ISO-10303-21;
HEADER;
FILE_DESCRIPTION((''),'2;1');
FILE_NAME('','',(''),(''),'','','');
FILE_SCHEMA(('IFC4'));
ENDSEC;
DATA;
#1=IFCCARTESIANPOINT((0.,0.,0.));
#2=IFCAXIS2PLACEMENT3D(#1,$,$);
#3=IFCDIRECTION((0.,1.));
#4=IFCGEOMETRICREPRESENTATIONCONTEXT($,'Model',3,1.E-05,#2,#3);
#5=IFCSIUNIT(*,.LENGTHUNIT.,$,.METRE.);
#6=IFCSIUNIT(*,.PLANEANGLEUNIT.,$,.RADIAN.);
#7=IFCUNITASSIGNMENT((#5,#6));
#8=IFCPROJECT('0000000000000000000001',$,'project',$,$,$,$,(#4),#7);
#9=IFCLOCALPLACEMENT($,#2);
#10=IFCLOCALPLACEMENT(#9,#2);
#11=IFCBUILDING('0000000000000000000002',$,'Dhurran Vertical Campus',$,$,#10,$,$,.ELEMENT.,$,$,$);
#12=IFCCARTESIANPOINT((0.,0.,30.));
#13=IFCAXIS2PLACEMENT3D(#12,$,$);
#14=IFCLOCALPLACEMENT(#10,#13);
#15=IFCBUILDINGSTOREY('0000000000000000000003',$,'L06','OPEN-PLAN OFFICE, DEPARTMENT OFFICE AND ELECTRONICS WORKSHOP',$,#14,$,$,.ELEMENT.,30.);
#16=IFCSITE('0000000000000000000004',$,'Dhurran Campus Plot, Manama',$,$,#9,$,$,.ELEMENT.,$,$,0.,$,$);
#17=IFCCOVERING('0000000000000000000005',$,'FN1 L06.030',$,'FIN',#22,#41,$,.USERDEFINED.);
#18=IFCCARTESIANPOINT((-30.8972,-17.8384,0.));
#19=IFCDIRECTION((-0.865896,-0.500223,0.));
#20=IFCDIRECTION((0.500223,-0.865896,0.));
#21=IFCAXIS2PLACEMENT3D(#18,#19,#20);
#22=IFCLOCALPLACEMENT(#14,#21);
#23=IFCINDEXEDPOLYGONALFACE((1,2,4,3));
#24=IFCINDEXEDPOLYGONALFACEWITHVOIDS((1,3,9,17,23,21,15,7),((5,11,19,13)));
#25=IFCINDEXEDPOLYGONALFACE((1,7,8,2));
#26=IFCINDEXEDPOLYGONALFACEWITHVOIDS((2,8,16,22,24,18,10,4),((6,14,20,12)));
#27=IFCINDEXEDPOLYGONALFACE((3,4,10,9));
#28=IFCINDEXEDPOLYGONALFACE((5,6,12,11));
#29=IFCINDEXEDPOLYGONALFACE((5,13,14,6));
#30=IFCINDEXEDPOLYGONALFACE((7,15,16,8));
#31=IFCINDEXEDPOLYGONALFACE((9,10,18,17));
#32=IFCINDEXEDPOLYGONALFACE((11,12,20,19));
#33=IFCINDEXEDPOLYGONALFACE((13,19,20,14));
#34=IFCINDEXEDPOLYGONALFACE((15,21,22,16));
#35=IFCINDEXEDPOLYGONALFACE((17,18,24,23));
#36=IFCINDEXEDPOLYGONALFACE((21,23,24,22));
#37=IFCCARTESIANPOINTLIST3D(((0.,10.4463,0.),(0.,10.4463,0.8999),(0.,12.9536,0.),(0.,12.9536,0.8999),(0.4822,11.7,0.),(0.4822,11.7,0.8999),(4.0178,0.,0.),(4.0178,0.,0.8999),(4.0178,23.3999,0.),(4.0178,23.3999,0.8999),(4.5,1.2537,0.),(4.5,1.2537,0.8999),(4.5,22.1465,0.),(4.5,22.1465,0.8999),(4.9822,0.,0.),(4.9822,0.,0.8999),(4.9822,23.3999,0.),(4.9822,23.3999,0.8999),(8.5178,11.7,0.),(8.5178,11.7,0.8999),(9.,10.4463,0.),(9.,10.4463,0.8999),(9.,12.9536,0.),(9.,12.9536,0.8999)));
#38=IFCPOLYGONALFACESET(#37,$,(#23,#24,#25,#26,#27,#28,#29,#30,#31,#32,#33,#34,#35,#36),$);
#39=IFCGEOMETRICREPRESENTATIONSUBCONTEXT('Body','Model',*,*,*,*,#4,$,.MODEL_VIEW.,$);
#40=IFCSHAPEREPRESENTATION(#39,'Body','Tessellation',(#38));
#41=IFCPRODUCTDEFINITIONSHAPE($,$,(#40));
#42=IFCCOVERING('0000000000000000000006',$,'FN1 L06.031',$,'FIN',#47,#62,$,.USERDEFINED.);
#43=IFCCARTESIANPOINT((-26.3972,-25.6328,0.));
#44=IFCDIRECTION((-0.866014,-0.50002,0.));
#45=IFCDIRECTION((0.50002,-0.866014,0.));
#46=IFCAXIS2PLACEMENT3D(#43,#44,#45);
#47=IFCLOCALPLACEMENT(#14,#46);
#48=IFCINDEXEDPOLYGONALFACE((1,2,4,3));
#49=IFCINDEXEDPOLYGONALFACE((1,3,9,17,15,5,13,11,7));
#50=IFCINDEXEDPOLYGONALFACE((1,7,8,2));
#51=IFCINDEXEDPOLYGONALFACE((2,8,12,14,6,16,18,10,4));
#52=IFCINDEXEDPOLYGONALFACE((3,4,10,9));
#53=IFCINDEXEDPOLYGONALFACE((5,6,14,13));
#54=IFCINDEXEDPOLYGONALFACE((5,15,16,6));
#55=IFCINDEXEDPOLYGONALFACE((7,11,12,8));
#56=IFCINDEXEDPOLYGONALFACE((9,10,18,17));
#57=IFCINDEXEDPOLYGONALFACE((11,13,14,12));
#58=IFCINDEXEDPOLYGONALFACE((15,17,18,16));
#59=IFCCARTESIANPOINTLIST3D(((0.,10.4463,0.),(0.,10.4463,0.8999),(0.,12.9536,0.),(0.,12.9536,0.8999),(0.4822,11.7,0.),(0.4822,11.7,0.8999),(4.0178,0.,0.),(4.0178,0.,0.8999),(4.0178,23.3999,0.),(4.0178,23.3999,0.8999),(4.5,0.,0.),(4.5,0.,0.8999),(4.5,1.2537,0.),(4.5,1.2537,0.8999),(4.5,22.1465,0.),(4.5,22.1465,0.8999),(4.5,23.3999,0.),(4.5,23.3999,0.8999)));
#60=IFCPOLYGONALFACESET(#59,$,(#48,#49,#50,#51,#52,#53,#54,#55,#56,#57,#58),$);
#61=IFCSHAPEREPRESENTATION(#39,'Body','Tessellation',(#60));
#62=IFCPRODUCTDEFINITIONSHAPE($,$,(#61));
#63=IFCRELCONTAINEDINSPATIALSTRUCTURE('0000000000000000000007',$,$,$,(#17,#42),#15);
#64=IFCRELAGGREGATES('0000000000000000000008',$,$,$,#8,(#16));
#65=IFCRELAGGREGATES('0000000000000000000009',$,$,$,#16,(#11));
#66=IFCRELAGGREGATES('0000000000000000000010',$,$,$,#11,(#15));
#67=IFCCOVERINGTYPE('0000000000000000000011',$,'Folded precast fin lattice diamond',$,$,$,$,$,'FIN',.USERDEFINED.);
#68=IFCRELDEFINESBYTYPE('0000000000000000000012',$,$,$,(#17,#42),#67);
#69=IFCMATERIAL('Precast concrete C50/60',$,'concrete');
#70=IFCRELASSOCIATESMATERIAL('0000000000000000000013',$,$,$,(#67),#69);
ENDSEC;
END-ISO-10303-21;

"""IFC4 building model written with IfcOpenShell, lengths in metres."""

from ifc_helpers import new_model, si_unit, direction, frame, origin, place, context, subcontext, project, spatial, polyline, outline, extrude, material, type_object, element, save


model = new_model("IFC4")

# Units and contexts
model_context = context("Model", 3, precision=1e-05, world=origin(), true_north=direction((0.0, 1.0)))
body_context = subcontext(model_context, "Body", "Model", "MODEL_VIEW")
ifc_project = project(units=[si_unit("LENGTHUNIT", "METRE"), si_unit("PLANEANGLEUNIT", "RADIAN")], contexts=[model_context])

# Site, building, storey
site_placement = place(None, origin())
site = spatial("IfcSite", under=ifc_project, at=site_placement, Name="Dhurran Campus Plot, Manama", CompositionType="ELEMENT", RefElevation=0.0)
building_placement = place(site_placement, origin())
building = spatial("IfcBuilding", under=site, at=building_placement, Name="Dhurran Vertical Campus", CompositionType="ELEMENT")
storey_placement = place(building_placement, frame((0.0, 0.0, 30.0)))
storey = spatial("IfcBuildingStorey", under=building, at=storey_placement, Name="L06", Description="OPEN-PLAN OFFICE, DEPARTMENT OFFICE AND ELECTRONICS WORKSHOP", CompositionType="ELEMENT", Elevation=30.0)

# Coverings
ifc_material_1 = material(Name="Precast concrete C50/60", Category="concrete")
covering_type = type_object("IfcCoveringType", Name="Folded precast fin lattice diamond", ElementType="FIN", PredefinedType="USERDEFINED", material=ifc_material_1)
for number, where, z_axis, x_axis, name in (
    (1, (-30.8972, -17.8384, 0.0), (-0.865896, -0.500223, 0.0), (0.500223, -0.865896, 0.0), "FN1 L06.030"),
):
    element("IfcCovering", number, at=place(storey_placement, frame(where, z_axis=z_axis, x_axis=x_axis)), inside=storey, type_object=covering_type, Name=name, ObjectType="FIN", PredefinedType="USERDEFINED", context=body_context, shape_type="SweptSolid", body=[
        extrude(outline(polyline([(9.0, 12.9536), (9.0, 10.4463), (4.9822, 0.0), (4.0178, 0.0), (0.0, 10.4463), (0.0, 12.9536), (4.0178, 23.3999), (4.9822, 23.3999), (9.0, 12.9536)]), holes=[polyline([(8.5178, 11.7), (4.5, 22.1465), (0.4822, 11.7), (4.5, 1.2537), (8.5178, 11.7)])]), origin(), (0.0, 0.0, 1.0), 0.8999),
    ])
covering_1_placement = place(storey_placement, frame((-26.3972, -25.6328, 0.0), z_axis=(-0.866014, -0.50002, 0.0), x_axis=(0.50002, -0.866014, 0.0)))
element("IfcCovering", 2, at=covering_1_placement, inside=storey, type_object=covering_type, Name="FN1 L06.031", ObjectType="FIN", PredefinedType="USERDEFINED", context=body_context, shape_type="SweptSolid", body=[
    extrude(outline(polyline([(4.0178, 0.0), (0.0, 10.4463), (0.0, 12.9536), (4.0178, 23.3999), (4.5, 23.3999), (4.5, 22.1465), (0.4822, 11.7), (4.5, 1.2537), (4.5, 0.0), (4.0178, 0.0)])), origin(), (0.0, 0.0, 1.0), 0.8999),
])

save(model, "model.ifc")
